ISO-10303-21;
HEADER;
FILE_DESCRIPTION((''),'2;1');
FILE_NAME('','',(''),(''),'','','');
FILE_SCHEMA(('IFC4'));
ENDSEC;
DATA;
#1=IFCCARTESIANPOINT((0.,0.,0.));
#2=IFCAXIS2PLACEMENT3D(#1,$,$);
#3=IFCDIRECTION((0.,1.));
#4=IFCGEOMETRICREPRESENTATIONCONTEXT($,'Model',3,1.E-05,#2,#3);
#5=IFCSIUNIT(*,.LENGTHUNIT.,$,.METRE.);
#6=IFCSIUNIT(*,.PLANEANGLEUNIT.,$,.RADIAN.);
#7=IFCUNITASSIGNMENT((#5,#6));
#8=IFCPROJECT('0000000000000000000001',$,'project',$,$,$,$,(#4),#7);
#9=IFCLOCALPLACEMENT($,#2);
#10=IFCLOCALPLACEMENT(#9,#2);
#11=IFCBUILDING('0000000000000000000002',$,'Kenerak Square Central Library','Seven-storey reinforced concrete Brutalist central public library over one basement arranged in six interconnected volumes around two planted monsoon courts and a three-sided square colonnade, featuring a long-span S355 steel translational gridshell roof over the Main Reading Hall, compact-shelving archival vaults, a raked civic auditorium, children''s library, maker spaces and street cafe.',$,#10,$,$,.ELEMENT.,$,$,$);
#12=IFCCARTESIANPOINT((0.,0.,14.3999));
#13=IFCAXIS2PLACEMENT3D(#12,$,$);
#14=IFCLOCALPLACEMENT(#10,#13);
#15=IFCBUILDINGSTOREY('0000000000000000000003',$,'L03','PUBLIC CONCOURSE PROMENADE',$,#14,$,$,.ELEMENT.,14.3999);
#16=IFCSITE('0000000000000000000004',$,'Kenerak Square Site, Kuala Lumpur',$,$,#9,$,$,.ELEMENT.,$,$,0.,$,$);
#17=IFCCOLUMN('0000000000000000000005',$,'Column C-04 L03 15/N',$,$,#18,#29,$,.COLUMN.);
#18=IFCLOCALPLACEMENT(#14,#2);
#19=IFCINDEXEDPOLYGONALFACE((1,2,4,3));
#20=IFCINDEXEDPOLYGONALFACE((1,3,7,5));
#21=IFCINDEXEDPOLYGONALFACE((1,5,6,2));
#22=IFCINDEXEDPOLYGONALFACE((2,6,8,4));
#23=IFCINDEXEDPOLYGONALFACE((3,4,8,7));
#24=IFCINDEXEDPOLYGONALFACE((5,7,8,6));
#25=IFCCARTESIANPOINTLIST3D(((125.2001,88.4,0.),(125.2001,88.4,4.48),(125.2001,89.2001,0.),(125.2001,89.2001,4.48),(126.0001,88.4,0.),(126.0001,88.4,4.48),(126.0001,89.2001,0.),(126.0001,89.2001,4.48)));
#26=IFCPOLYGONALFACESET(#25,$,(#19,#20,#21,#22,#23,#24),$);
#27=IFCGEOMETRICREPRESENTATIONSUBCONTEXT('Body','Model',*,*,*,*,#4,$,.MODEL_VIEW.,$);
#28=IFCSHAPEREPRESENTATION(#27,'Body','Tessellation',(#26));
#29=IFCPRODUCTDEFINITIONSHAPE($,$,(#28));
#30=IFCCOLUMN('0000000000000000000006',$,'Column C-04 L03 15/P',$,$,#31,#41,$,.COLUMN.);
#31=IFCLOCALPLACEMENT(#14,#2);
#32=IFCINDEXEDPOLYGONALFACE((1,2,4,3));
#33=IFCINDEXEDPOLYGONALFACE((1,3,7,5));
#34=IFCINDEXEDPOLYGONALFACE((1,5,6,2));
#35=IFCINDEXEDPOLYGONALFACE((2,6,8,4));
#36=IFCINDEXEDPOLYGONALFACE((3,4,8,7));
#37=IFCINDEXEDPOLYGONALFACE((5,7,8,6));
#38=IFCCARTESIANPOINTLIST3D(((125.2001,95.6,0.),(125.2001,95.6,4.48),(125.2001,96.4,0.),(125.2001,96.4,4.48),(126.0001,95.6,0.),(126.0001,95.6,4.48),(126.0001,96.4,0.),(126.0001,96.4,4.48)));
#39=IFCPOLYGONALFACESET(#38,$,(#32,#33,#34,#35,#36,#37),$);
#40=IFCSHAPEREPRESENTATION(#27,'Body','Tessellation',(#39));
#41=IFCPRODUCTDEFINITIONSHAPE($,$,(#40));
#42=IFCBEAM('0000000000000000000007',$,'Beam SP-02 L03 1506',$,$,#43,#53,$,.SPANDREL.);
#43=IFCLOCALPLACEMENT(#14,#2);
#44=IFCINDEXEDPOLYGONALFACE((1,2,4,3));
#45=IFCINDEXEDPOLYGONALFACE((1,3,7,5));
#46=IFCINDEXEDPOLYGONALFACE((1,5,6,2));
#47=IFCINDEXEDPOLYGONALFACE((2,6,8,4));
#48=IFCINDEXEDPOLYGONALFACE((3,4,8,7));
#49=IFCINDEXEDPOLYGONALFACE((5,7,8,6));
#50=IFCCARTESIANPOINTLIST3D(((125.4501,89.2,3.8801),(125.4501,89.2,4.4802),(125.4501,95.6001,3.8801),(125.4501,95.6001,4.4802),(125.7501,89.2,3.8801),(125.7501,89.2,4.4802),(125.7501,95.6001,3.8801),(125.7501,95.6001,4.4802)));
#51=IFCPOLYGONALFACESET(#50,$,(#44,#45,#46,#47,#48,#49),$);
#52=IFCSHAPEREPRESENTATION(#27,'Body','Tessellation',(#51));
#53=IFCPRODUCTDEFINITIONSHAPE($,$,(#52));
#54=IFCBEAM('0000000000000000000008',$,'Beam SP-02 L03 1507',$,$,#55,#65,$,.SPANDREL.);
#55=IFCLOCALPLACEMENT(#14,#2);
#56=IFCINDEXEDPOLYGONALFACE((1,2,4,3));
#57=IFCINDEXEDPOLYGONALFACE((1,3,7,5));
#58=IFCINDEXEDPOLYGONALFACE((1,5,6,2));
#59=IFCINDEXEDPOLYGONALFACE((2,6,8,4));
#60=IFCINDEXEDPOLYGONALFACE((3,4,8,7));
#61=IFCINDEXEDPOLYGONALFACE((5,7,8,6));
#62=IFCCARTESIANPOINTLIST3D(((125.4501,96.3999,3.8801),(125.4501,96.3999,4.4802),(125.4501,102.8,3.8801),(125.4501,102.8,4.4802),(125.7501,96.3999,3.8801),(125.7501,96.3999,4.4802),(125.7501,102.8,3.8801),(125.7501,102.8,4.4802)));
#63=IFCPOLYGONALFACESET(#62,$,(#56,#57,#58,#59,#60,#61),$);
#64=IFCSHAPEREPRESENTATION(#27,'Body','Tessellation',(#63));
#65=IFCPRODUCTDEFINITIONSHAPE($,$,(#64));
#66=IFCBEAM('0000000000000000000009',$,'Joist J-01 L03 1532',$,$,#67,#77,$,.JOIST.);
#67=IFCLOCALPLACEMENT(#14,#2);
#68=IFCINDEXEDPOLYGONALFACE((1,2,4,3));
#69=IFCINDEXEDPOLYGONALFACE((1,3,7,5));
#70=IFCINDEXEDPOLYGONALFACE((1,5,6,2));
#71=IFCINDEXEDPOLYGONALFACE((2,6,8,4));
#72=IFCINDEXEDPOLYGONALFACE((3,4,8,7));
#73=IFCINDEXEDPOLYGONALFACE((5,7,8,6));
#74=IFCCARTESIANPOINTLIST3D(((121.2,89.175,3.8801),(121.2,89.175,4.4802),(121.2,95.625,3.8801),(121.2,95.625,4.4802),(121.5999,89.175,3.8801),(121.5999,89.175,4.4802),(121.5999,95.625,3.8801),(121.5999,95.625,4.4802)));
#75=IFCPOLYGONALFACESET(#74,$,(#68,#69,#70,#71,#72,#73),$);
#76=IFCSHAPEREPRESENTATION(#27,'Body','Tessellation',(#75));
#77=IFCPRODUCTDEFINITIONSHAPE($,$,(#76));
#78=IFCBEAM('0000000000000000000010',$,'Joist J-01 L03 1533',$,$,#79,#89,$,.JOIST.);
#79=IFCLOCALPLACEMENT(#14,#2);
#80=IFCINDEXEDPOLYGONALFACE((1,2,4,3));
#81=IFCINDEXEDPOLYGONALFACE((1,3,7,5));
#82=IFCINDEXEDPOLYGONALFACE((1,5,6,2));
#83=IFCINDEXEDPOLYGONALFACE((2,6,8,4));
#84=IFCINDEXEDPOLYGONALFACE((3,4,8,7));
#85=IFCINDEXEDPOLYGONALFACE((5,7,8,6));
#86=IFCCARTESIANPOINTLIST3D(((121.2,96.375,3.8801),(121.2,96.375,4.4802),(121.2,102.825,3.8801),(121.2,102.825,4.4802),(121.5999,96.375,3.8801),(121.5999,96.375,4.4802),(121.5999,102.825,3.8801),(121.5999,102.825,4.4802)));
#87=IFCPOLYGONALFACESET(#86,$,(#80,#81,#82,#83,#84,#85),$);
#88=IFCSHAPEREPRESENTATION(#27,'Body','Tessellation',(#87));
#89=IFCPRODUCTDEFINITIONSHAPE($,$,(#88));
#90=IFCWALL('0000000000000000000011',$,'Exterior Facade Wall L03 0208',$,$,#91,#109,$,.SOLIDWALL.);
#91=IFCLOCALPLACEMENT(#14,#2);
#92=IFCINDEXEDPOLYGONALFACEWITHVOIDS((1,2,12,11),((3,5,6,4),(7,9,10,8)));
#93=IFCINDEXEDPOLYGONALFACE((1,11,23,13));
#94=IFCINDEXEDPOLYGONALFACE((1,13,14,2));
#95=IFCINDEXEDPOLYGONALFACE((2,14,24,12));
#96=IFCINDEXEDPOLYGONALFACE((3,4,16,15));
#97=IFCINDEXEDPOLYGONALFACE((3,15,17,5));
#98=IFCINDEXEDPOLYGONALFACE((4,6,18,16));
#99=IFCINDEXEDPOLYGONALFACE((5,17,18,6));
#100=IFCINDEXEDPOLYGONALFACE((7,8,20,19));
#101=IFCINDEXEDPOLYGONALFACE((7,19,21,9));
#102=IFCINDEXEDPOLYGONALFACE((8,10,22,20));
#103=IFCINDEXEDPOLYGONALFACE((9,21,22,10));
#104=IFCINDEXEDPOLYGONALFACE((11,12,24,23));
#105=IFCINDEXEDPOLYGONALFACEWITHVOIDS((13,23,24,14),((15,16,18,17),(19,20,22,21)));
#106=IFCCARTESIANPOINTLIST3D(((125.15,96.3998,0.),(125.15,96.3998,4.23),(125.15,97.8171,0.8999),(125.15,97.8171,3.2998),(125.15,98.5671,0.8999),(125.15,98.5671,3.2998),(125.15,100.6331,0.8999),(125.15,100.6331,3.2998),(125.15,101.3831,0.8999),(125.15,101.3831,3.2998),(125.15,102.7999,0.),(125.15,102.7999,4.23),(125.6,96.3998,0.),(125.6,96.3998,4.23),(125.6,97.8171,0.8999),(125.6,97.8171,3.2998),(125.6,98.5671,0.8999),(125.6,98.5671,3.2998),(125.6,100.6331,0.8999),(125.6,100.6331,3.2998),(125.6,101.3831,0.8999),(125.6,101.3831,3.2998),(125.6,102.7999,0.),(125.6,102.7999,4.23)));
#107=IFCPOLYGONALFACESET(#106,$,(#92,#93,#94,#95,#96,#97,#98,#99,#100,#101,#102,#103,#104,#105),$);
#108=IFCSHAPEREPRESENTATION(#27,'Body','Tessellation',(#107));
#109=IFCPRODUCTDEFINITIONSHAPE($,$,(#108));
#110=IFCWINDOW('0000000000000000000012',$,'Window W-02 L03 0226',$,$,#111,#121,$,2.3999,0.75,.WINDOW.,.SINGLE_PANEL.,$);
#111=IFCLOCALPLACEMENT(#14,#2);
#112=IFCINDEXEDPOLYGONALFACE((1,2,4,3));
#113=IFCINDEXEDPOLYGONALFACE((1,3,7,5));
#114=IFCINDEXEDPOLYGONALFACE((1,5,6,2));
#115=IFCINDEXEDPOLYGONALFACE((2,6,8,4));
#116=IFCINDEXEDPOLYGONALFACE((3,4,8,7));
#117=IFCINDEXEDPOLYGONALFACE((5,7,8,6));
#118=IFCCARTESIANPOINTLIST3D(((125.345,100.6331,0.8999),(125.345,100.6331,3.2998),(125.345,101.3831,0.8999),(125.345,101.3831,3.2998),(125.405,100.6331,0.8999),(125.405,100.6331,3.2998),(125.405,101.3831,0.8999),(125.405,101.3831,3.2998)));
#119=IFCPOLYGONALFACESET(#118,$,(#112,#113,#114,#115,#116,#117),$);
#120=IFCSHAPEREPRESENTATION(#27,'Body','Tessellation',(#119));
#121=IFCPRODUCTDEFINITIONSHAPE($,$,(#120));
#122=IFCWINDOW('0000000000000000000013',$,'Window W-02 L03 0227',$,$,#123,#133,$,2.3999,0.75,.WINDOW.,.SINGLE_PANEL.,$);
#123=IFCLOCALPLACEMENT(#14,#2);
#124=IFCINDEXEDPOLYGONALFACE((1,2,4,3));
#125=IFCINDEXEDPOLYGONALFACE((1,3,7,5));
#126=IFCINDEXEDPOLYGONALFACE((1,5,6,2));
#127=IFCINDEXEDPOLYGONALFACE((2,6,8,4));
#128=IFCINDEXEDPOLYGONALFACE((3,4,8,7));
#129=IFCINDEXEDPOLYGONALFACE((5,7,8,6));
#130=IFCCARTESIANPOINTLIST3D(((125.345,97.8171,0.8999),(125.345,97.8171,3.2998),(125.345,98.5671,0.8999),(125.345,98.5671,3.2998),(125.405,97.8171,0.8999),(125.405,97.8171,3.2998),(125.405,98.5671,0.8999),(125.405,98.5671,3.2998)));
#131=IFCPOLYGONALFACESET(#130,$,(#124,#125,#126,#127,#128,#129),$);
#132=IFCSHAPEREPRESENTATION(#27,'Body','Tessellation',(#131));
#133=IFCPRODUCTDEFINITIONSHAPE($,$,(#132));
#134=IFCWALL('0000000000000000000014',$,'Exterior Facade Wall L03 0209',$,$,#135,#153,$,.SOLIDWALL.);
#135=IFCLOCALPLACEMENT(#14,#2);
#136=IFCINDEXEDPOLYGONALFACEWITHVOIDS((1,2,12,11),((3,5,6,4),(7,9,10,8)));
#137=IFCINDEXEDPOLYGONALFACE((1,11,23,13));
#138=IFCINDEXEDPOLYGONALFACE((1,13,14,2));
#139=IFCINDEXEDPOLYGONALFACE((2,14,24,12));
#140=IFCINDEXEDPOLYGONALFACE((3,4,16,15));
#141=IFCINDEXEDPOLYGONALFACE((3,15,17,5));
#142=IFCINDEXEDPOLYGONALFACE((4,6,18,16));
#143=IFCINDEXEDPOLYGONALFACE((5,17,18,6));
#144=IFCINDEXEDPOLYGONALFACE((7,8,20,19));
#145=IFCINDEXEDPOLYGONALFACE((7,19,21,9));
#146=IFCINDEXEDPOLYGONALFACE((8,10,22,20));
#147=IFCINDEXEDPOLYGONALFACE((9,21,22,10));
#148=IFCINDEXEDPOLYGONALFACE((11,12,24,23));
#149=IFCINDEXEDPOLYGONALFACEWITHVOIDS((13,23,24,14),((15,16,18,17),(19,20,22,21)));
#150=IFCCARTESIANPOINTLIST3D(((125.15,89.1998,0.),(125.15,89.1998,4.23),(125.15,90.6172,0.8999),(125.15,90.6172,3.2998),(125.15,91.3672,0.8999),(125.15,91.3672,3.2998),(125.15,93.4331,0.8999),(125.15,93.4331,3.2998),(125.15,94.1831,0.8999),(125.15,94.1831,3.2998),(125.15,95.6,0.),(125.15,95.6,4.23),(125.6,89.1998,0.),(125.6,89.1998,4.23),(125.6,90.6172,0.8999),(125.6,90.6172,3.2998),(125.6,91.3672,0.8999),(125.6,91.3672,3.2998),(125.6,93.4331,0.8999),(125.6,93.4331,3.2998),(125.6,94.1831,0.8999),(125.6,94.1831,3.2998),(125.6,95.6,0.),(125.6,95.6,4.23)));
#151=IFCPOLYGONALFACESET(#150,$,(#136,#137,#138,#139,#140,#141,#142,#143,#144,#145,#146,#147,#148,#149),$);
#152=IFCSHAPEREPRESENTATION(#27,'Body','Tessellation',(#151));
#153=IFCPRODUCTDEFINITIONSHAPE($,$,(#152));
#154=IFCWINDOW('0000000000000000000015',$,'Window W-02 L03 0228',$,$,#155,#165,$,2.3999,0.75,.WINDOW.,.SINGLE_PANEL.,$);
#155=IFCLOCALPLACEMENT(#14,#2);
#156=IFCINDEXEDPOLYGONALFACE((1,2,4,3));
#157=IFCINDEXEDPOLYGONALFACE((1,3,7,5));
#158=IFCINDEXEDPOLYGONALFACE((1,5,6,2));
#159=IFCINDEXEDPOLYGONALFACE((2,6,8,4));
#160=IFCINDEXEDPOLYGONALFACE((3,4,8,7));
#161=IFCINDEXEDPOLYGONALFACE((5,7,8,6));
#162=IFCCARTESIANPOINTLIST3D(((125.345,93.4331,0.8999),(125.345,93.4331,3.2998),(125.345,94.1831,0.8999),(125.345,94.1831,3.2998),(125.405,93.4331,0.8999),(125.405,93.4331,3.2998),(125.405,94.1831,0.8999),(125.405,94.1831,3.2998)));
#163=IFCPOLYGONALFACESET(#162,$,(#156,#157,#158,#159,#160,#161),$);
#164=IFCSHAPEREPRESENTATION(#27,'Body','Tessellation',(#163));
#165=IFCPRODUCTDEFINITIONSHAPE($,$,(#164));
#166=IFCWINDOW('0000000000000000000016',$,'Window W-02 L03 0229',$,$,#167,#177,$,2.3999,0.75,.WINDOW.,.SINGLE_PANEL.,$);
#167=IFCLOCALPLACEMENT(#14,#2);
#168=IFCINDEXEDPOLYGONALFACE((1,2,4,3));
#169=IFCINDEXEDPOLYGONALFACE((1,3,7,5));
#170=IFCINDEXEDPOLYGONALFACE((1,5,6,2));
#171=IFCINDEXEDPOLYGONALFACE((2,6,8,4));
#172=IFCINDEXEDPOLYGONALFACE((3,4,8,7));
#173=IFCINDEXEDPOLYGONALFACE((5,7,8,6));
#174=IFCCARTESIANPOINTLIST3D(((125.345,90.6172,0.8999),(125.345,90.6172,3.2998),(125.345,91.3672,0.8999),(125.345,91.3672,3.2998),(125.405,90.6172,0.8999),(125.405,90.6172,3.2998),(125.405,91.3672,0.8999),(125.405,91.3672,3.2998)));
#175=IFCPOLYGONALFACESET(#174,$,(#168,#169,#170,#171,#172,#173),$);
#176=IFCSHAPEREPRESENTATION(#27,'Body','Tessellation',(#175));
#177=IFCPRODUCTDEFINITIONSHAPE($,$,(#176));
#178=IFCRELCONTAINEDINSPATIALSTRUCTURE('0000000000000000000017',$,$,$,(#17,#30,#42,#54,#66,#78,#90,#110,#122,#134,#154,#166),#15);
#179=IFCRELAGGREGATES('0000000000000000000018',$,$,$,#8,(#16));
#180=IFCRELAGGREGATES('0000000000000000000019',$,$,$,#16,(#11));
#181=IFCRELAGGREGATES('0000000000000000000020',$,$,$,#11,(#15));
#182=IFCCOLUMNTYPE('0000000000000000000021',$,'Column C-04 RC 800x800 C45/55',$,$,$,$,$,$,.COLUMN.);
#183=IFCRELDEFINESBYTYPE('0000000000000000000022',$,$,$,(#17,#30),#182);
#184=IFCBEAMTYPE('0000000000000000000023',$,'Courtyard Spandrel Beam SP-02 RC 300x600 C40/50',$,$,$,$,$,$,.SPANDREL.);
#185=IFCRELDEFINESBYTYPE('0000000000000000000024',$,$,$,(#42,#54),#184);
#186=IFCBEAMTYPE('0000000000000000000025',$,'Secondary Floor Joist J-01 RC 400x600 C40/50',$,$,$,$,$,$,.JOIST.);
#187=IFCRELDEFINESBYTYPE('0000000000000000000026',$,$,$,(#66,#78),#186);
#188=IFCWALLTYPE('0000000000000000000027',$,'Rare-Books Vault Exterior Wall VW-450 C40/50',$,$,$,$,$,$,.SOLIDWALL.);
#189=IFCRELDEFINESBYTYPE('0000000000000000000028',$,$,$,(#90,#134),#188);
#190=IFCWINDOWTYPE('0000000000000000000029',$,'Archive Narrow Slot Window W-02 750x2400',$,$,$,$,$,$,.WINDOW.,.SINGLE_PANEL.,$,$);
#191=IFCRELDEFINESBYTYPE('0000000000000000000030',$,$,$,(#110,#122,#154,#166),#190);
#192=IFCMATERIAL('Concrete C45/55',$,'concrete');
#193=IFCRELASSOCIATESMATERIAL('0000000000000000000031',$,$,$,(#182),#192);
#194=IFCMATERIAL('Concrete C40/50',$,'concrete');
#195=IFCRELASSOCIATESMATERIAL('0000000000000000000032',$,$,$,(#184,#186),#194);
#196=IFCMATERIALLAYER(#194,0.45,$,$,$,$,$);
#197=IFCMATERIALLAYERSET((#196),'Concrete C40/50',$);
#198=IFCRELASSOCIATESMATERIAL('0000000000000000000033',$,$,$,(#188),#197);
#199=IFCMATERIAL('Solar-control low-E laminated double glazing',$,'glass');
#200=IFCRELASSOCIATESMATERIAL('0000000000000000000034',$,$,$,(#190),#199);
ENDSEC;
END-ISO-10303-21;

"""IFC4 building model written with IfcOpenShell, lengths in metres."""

from ifc_helpers import new_model, si_unit, direction, frame, frame_2d, origin, origin_2d, place, context, subcontext, project, spatial, rectangle, extrude, material, layer, layer_set, material_profile, profile_set, type_object, element, fill, save


model = new_model("IFC4")

# Units and contexts
model_context = context("Model", 3, precision=1e-05, world=origin(), true_north=direction((0.0, 1.0)))
body_context = subcontext(model_context, "Body", "Model", "MODEL_VIEW")
ifc_project = project(units=[si_unit("LENGTHUNIT", "METRE"), si_unit("PLANEANGLEUNIT", "RADIAN")], contexts=[model_context])

# Site, building, storey
site_placement = place(None, origin())
site = spatial("IfcSite", under=ifc_project, at=site_placement, Name="Kenerak Square Site, Kuala Lumpur", CompositionType="ELEMENT", RefElevation=0.0)
building_placement = place(site_placement, origin())
building = spatial("IfcBuilding", under=site, at=building_placement, Name="Kenerak Square Central Library", Description="Seven-storey reinforced concrete Brutalist central public library over one basement arranged in six interconnected volumes around two planted monsoon courts and a three-sided square colonnade, featuring a long-span S355 steel translational gridshell roof over the Main Reading Hall, compact-shelving archival vaults, a raked civic auditorium, children's library, maker spaces and street cafe.", CompositionType="ELEMENT")
storey_placement = place(building_placement, frame((0.0, 0.0, 14.3999)))
storey = spatial("IfcBuildingStorey", under=building, at=storey_placement, Name="L03", Description="PUBLIC CONCOURSE PROMENADE", CompositionType="ELEMENT", Elevation=14.3999)

# Columns
ifc_material_1 = material(Name="Concrete C45/55", Category="concrete")
ifc_material_profile_1 = material_profile(ifc_material_1, rectangle(XDim=0.8, YDim=0.8, at=origin_2d()), Name="RC 800x800")
ifc_profile_set_1 = profile_set([ifc_material_profile_1], Name="Concrete C45/55")
column_type = type_object("IfcColumnType", Name="Column C-04 RC 800x800 C45/55", PredefinedType="COLUMN", material=ifc_profile_set_1)
for number, where, z_axis, x_axis, name in (
    (1, (125.6001, 88.8, 0.0), (0.0, 0.0, 1.0), (1.0, 0.0, 0.0), "Column C-04 L03 15/N"),
    (2, (125.6001, 96.0, 0.0), (0.0, 0.0, 1.0), (1.0, 0.0, 0.0), "Column C-04 L03 15/P"),
):
    element("IfcColumn", number, at=place(storey_placement, frame(where, z_axis=z_axis, x_axis=x_axis)), inside=storey, type_object=column_type, Name=name, PredefinedType="COLUMN", context=body_context, shape_type="SweptSolid", body=[
        extrude(rectangle(XDim=0.8, YDim=0.8, at=origin_2d()), origin(), (0.0, 0.0, 1.0), 4.48),
    ])

# Beams
ifc_material_2 = material(Name="Concrete C40/50", Category="concrete")
ifc_material_profile_2 = material_profile(ifc_material_2, rectangle(XDim=0.3, YDim=0.6001, at=origin_2d()), Name="RC 300x600")
ifc_profile_set_2 = profile_set([ifc_material_profile_2], Name="Concrete C40/50")
beam_type_1 = type_object("IfcBeamType", Name="Courtyard Spandrel Beam SP-02 RC 300x600 C40/50", PredefinedType="SPANDREL", material=ifc_profile_set_2)
for number, where, z_axis, x_axis, name in (
    (3, (125.6001, 89.2, 4.1802), (0.0, 1.0, 0.0), (-1.0, 0.0, 0.0), "Beam SP-02 L03 1506"),
    (4, (125.6001, 96.3999, 4.1802), (0.0, 1.0, 0.0), (-1.0, 0.0, 0.0), "Beam SP-02 L03 1507"),
):
    element("IfcBeam", number, at=place(storey_placement, frame(where, z_axis=z_axis, x_axis=x_axis)), inside=storey, type_object=beam_type_1, Name=name, PredefinedType="SPANDREL", context=body_context, shape_type="SweptSolid", body=[
        extrude(rectangle(XDim=0.3, YDim=0.6001, at=origin_2d()), origin(), (0.0, 0.0, 1.0), 6.4001),
    ])
ifc_material_profile_3 = material_profile(ifc_material_2, rectangle(XDim=0.3999, YDim=0.6001, at=origin_2d()), Name="RC 400x600")
ifc_profile_set_3 = profile_set([ifc_material_profile_3], Name="Concrete C40/50")
beam_type_2 = type_object("IfcBeamType", Name="Secondary Floor Joist J-01 RC 400x600 C40/50", PredefinedType="JOIST", material=ifc_profile_set_3)
for number, where, z_axis, x_axis, name in (
    (5, (121.3999, 89.175, 4.1802), (0.0, 1.0, 0.0), (-1.0, 0.0, 0.0), "Joist J-01 L03 1532"),
    (6, (121.3999, 96.375, 4.1802), (0.0, 1.0, 0.0), (-1.0, 0.0, 0.0), "Joist J-01 L03 1533"),
):
    element("IfcBeam", number, at=place(storey_placement, frame(where, z_axis=z_axis, x_axis=x_axis)), inside=storey, type_object=beam_type_2, Name=name, PredefinedType="JOIST", context=body_context, shape_type="SweptSolid", body=[
        extrude(rectangle(XDim=0.3999, YDim=0.6001, at=origin_2d()), origin(), (0.0, 0.0, 1.0), 6.45),
    ])

# Walls, openings, windows
ifc_layer = layer(ifc_material_2, 0.45)
ifc_layer_set = layer_set([ifc_layer], Name="Concrete C40/50")
wall_type = type_object("IfcWallType", Name="Rare-Books Vault Exterior Wall VW-450 C40/50", PredefinedType="SOLIDWALL", material=ifc_layer_set)
wall_1_placement = place(storey_placement, frame((125.375, 102.8, 0.0), z_axis=(0.0, 0.0, 1.0), x_axis=(0.0, -1.0, 0.0)))
wall_1 = element("IfcWall", 7, at=wall_1_placement, inside=storey, type_object=wall_type, Name="Exterior Facade Wall L03 0208", PredefinedType="SOLIDWALL", context=body_context, shape_type="SweptSolid", body=[
    extrude(rectangle(XDim=6.4001, YDim=0.45, at=frame_2d((3.2002, 0.0))), origin(), (0.0, 0.0, 1.0), 4.23),
])
opening_1_placement = place(wall_1_placement, frame((1.417, 0.0, 0.8999)))
opening_1 = element("IfcOpeningElement", 8, at=opening_1_placement, cuts=wall_1, PredefinedType="OPENING", context=body_context, shape_type="SweptSolid", body=[
    extrude(rectangle(XDim=0.75, YDim=2.3999, at=frame_2d((0.375, 1.2))), frame((0.0, 0.2349, 0.0), z_axis=(0.0, -1.0, 0.0), x_axis=(1.0, 0.0, 0.0)), (0.0, 0.0, 1.0), 0.47),
])
opening_2_placement = place(wall_1_placement, frame((4.2329, 0.0, 0.8999)))
opening_2 = element("IfcOpeningElement", 9, at=opening_2_placement, cuts=wall_1, PredefinedType="OPENING", context=body_context, shape_type="SweptSolid", body=[
    extrude(rectangle(XDim=0.75, YDim=2.3999, at=frame_2d((0.375, 1.2))), frame((0.0, 0.2349, 0.0), z_axis=(0.0, -1.0, 0.0), x_axis=(1.0, 0.0, 0.0)), (0.0, 0.0, 1.0), 0.47),
])
ifc_material_3 = material(Name="Solar-control low-E laminated double glazing", Category="glass")
window_type = type_object("IfcWindowType", Name="Archive Narrow Slot Window W-02 750x2400", PartitioningType="SINGLE_PANEL", PredefinedType="WINDOW", material=ifc_material_3)
window_1_placement = place(opening_1_placement, origin())
window_1 = element("IfcWindow", 10, at=window_1_placement, inside=storey, type_object=window_type, Name="Window W-02 L03 0226", OverallHeight=2.3999, OverallWidth=0.75, PartitioningType="SINGLE_PANEL", PredefinedType="WINDOW", context=body_context, shape_type="SweptSolid", body=[
    extrude(rectangle(XDim=0.75, YDim=2.3999, at=frame_2d((0.375, 1.2))), frame((0.0, 0.03, 0.0), z_axis=(0.0, -1.0, 0.0), x_axis=(1.0, 0.0, 0.0)), (0.0, 0.0, 1.0), 0.0601),
])
fill(opening_1, window_1)
window_2_placement = place(opening_2_placement, origin())
window_2 = element("IfcWindow", 11, at=window_2_placement, inside=storey, type_object=window_type, Name="Window W-02 L03 0227", OverallHeight=2.3999, OverallWidth=0.75, PartitioningType="SINGLE_PANEL", PredefinedType="WINDOW", context=body_context, shape_type="SweptSolid", body=[
    extrude(rectangle(XDim=0.75, YDim=2.3999, at=frame_2d((0.375, 1.2))), frame((0.0, 0.03, 0.0), z_axis=(0.0, -1.0, 0.0), x_axis=(1.0, 0.0, 0.0)), (0.0, 0.0, 1.0), 0.0601),
])
fill(opening_2, window_2)
wall_2_placement = place(storey_placement, frame((125.375, 95.6001, 0.0), z_axis=(0.0, 0.0, 1.0), x_axis=(0.0, -1.0, 0.0)))
wall_2 = element("IfcWall", 12, at=wall_2_placement, inside=storey, type_object=wall_type, Name="Exterior Facade Wall L03 0209", PredefinedType="SOLIDWALL", context=body_context, shape_type="SweptSolid", body=[
    extrude(rectangle(XDim=6.4001, YDim=0.45, at=frame_2d((3.2002, 0.0))), origin(), (0.0, 0.0, 1.0), 4.23),
])
opening_3_placement = place(wall_2_placement, frame((1.417, 0.0, 0.8999)))
opening_3 = element("IfcOpeningElement", 13, at=opening_3_placement, cuts=wall_2, PredefinedType="OPENING", context=body_context, shape_type="SweptSolid", body=[
    extrude(rectangle(XDim=0.75, YDim=2.3999, at=frame_2d((0.375, 1.2))), frame((0.0, 0.2349, 0.0), z_axis=(0.0, -1.0, 0.0), x_axis=(1.0, 0.0, 0.0)), (0.0, 0.0, 1.0), 0.47),
])
opening_4_placement = place(wall_2_placement, frame((4.2329, 0.0, 0.8999)))
opening_4 = element("IfcOpeningElement", 14, at=opening_4_placement, cuts=wall_2, PredefinedType="OPENING", context=body_context, shape_type="SweptSolid", body=[
    extrude(rectangle(XDim=0.75, YDim=2.3999, at=frame_2d((0.375, 1.2))), frame((0.0, 0.2349, 0.0), z_axis=(0.0, -1.0, 0.0), x_axis=(1.0, 0.0, 0.0)), (0.0, 0.0, 1.0), 0.47),
])
window_3_placement = place(opening_3_placement, origin())
window_3 = element("IfcWindow", 15, at=window_3_placement, inside=storey, type_object=window_type, Name="Window W-02 L03 0228", OverallHeight=2.3999, OverallWidth=0.75, PartitioningType="SINGLE_PANEL", PredefinedType="WINDOW", context=body_context, shape_type="SweptSolid", body=[
    extrude(rectangle(XDim=0.75, YDim=2.3999, at=frame_2d((0.375, 1.2))), frame((0.0, 0.03, 0.0), z_axis=(0.0, -1.0, 0.0), x_axis=(1.0, 0.0, 0.0)), (0.0, 0.0, 1.0), 0.0601),
])
fill(opening_3, window_3)
window_4_placement = place(opening_4_placement, origin())
window_4 = element("IfcWindow", 16, at=window_4_placement, inside=storey, type_object=window_type, Name="Window W-02 L03 0229", OverallHeight=2.3999, OverallWidth=0.75, PartitioningType="SINGLE_PANEL", PredefinedType="WINDOW", context=body_context, shape_type="SweptSolid", body=[
    extrude(rectangle(XDim=0.75, YDim=2.3999, at=frame_2d((0.375, 1.2))), frame((0.0, 0.03, 0.0), z_axis=(0.0, -1.0, 0.0), x_axis=(1.0, 0.0, 0.0)), (0.0, 0.0, 1.0), 0.0601),
])
fill(opening_4, window_4)

save(model, "model.ifc")
